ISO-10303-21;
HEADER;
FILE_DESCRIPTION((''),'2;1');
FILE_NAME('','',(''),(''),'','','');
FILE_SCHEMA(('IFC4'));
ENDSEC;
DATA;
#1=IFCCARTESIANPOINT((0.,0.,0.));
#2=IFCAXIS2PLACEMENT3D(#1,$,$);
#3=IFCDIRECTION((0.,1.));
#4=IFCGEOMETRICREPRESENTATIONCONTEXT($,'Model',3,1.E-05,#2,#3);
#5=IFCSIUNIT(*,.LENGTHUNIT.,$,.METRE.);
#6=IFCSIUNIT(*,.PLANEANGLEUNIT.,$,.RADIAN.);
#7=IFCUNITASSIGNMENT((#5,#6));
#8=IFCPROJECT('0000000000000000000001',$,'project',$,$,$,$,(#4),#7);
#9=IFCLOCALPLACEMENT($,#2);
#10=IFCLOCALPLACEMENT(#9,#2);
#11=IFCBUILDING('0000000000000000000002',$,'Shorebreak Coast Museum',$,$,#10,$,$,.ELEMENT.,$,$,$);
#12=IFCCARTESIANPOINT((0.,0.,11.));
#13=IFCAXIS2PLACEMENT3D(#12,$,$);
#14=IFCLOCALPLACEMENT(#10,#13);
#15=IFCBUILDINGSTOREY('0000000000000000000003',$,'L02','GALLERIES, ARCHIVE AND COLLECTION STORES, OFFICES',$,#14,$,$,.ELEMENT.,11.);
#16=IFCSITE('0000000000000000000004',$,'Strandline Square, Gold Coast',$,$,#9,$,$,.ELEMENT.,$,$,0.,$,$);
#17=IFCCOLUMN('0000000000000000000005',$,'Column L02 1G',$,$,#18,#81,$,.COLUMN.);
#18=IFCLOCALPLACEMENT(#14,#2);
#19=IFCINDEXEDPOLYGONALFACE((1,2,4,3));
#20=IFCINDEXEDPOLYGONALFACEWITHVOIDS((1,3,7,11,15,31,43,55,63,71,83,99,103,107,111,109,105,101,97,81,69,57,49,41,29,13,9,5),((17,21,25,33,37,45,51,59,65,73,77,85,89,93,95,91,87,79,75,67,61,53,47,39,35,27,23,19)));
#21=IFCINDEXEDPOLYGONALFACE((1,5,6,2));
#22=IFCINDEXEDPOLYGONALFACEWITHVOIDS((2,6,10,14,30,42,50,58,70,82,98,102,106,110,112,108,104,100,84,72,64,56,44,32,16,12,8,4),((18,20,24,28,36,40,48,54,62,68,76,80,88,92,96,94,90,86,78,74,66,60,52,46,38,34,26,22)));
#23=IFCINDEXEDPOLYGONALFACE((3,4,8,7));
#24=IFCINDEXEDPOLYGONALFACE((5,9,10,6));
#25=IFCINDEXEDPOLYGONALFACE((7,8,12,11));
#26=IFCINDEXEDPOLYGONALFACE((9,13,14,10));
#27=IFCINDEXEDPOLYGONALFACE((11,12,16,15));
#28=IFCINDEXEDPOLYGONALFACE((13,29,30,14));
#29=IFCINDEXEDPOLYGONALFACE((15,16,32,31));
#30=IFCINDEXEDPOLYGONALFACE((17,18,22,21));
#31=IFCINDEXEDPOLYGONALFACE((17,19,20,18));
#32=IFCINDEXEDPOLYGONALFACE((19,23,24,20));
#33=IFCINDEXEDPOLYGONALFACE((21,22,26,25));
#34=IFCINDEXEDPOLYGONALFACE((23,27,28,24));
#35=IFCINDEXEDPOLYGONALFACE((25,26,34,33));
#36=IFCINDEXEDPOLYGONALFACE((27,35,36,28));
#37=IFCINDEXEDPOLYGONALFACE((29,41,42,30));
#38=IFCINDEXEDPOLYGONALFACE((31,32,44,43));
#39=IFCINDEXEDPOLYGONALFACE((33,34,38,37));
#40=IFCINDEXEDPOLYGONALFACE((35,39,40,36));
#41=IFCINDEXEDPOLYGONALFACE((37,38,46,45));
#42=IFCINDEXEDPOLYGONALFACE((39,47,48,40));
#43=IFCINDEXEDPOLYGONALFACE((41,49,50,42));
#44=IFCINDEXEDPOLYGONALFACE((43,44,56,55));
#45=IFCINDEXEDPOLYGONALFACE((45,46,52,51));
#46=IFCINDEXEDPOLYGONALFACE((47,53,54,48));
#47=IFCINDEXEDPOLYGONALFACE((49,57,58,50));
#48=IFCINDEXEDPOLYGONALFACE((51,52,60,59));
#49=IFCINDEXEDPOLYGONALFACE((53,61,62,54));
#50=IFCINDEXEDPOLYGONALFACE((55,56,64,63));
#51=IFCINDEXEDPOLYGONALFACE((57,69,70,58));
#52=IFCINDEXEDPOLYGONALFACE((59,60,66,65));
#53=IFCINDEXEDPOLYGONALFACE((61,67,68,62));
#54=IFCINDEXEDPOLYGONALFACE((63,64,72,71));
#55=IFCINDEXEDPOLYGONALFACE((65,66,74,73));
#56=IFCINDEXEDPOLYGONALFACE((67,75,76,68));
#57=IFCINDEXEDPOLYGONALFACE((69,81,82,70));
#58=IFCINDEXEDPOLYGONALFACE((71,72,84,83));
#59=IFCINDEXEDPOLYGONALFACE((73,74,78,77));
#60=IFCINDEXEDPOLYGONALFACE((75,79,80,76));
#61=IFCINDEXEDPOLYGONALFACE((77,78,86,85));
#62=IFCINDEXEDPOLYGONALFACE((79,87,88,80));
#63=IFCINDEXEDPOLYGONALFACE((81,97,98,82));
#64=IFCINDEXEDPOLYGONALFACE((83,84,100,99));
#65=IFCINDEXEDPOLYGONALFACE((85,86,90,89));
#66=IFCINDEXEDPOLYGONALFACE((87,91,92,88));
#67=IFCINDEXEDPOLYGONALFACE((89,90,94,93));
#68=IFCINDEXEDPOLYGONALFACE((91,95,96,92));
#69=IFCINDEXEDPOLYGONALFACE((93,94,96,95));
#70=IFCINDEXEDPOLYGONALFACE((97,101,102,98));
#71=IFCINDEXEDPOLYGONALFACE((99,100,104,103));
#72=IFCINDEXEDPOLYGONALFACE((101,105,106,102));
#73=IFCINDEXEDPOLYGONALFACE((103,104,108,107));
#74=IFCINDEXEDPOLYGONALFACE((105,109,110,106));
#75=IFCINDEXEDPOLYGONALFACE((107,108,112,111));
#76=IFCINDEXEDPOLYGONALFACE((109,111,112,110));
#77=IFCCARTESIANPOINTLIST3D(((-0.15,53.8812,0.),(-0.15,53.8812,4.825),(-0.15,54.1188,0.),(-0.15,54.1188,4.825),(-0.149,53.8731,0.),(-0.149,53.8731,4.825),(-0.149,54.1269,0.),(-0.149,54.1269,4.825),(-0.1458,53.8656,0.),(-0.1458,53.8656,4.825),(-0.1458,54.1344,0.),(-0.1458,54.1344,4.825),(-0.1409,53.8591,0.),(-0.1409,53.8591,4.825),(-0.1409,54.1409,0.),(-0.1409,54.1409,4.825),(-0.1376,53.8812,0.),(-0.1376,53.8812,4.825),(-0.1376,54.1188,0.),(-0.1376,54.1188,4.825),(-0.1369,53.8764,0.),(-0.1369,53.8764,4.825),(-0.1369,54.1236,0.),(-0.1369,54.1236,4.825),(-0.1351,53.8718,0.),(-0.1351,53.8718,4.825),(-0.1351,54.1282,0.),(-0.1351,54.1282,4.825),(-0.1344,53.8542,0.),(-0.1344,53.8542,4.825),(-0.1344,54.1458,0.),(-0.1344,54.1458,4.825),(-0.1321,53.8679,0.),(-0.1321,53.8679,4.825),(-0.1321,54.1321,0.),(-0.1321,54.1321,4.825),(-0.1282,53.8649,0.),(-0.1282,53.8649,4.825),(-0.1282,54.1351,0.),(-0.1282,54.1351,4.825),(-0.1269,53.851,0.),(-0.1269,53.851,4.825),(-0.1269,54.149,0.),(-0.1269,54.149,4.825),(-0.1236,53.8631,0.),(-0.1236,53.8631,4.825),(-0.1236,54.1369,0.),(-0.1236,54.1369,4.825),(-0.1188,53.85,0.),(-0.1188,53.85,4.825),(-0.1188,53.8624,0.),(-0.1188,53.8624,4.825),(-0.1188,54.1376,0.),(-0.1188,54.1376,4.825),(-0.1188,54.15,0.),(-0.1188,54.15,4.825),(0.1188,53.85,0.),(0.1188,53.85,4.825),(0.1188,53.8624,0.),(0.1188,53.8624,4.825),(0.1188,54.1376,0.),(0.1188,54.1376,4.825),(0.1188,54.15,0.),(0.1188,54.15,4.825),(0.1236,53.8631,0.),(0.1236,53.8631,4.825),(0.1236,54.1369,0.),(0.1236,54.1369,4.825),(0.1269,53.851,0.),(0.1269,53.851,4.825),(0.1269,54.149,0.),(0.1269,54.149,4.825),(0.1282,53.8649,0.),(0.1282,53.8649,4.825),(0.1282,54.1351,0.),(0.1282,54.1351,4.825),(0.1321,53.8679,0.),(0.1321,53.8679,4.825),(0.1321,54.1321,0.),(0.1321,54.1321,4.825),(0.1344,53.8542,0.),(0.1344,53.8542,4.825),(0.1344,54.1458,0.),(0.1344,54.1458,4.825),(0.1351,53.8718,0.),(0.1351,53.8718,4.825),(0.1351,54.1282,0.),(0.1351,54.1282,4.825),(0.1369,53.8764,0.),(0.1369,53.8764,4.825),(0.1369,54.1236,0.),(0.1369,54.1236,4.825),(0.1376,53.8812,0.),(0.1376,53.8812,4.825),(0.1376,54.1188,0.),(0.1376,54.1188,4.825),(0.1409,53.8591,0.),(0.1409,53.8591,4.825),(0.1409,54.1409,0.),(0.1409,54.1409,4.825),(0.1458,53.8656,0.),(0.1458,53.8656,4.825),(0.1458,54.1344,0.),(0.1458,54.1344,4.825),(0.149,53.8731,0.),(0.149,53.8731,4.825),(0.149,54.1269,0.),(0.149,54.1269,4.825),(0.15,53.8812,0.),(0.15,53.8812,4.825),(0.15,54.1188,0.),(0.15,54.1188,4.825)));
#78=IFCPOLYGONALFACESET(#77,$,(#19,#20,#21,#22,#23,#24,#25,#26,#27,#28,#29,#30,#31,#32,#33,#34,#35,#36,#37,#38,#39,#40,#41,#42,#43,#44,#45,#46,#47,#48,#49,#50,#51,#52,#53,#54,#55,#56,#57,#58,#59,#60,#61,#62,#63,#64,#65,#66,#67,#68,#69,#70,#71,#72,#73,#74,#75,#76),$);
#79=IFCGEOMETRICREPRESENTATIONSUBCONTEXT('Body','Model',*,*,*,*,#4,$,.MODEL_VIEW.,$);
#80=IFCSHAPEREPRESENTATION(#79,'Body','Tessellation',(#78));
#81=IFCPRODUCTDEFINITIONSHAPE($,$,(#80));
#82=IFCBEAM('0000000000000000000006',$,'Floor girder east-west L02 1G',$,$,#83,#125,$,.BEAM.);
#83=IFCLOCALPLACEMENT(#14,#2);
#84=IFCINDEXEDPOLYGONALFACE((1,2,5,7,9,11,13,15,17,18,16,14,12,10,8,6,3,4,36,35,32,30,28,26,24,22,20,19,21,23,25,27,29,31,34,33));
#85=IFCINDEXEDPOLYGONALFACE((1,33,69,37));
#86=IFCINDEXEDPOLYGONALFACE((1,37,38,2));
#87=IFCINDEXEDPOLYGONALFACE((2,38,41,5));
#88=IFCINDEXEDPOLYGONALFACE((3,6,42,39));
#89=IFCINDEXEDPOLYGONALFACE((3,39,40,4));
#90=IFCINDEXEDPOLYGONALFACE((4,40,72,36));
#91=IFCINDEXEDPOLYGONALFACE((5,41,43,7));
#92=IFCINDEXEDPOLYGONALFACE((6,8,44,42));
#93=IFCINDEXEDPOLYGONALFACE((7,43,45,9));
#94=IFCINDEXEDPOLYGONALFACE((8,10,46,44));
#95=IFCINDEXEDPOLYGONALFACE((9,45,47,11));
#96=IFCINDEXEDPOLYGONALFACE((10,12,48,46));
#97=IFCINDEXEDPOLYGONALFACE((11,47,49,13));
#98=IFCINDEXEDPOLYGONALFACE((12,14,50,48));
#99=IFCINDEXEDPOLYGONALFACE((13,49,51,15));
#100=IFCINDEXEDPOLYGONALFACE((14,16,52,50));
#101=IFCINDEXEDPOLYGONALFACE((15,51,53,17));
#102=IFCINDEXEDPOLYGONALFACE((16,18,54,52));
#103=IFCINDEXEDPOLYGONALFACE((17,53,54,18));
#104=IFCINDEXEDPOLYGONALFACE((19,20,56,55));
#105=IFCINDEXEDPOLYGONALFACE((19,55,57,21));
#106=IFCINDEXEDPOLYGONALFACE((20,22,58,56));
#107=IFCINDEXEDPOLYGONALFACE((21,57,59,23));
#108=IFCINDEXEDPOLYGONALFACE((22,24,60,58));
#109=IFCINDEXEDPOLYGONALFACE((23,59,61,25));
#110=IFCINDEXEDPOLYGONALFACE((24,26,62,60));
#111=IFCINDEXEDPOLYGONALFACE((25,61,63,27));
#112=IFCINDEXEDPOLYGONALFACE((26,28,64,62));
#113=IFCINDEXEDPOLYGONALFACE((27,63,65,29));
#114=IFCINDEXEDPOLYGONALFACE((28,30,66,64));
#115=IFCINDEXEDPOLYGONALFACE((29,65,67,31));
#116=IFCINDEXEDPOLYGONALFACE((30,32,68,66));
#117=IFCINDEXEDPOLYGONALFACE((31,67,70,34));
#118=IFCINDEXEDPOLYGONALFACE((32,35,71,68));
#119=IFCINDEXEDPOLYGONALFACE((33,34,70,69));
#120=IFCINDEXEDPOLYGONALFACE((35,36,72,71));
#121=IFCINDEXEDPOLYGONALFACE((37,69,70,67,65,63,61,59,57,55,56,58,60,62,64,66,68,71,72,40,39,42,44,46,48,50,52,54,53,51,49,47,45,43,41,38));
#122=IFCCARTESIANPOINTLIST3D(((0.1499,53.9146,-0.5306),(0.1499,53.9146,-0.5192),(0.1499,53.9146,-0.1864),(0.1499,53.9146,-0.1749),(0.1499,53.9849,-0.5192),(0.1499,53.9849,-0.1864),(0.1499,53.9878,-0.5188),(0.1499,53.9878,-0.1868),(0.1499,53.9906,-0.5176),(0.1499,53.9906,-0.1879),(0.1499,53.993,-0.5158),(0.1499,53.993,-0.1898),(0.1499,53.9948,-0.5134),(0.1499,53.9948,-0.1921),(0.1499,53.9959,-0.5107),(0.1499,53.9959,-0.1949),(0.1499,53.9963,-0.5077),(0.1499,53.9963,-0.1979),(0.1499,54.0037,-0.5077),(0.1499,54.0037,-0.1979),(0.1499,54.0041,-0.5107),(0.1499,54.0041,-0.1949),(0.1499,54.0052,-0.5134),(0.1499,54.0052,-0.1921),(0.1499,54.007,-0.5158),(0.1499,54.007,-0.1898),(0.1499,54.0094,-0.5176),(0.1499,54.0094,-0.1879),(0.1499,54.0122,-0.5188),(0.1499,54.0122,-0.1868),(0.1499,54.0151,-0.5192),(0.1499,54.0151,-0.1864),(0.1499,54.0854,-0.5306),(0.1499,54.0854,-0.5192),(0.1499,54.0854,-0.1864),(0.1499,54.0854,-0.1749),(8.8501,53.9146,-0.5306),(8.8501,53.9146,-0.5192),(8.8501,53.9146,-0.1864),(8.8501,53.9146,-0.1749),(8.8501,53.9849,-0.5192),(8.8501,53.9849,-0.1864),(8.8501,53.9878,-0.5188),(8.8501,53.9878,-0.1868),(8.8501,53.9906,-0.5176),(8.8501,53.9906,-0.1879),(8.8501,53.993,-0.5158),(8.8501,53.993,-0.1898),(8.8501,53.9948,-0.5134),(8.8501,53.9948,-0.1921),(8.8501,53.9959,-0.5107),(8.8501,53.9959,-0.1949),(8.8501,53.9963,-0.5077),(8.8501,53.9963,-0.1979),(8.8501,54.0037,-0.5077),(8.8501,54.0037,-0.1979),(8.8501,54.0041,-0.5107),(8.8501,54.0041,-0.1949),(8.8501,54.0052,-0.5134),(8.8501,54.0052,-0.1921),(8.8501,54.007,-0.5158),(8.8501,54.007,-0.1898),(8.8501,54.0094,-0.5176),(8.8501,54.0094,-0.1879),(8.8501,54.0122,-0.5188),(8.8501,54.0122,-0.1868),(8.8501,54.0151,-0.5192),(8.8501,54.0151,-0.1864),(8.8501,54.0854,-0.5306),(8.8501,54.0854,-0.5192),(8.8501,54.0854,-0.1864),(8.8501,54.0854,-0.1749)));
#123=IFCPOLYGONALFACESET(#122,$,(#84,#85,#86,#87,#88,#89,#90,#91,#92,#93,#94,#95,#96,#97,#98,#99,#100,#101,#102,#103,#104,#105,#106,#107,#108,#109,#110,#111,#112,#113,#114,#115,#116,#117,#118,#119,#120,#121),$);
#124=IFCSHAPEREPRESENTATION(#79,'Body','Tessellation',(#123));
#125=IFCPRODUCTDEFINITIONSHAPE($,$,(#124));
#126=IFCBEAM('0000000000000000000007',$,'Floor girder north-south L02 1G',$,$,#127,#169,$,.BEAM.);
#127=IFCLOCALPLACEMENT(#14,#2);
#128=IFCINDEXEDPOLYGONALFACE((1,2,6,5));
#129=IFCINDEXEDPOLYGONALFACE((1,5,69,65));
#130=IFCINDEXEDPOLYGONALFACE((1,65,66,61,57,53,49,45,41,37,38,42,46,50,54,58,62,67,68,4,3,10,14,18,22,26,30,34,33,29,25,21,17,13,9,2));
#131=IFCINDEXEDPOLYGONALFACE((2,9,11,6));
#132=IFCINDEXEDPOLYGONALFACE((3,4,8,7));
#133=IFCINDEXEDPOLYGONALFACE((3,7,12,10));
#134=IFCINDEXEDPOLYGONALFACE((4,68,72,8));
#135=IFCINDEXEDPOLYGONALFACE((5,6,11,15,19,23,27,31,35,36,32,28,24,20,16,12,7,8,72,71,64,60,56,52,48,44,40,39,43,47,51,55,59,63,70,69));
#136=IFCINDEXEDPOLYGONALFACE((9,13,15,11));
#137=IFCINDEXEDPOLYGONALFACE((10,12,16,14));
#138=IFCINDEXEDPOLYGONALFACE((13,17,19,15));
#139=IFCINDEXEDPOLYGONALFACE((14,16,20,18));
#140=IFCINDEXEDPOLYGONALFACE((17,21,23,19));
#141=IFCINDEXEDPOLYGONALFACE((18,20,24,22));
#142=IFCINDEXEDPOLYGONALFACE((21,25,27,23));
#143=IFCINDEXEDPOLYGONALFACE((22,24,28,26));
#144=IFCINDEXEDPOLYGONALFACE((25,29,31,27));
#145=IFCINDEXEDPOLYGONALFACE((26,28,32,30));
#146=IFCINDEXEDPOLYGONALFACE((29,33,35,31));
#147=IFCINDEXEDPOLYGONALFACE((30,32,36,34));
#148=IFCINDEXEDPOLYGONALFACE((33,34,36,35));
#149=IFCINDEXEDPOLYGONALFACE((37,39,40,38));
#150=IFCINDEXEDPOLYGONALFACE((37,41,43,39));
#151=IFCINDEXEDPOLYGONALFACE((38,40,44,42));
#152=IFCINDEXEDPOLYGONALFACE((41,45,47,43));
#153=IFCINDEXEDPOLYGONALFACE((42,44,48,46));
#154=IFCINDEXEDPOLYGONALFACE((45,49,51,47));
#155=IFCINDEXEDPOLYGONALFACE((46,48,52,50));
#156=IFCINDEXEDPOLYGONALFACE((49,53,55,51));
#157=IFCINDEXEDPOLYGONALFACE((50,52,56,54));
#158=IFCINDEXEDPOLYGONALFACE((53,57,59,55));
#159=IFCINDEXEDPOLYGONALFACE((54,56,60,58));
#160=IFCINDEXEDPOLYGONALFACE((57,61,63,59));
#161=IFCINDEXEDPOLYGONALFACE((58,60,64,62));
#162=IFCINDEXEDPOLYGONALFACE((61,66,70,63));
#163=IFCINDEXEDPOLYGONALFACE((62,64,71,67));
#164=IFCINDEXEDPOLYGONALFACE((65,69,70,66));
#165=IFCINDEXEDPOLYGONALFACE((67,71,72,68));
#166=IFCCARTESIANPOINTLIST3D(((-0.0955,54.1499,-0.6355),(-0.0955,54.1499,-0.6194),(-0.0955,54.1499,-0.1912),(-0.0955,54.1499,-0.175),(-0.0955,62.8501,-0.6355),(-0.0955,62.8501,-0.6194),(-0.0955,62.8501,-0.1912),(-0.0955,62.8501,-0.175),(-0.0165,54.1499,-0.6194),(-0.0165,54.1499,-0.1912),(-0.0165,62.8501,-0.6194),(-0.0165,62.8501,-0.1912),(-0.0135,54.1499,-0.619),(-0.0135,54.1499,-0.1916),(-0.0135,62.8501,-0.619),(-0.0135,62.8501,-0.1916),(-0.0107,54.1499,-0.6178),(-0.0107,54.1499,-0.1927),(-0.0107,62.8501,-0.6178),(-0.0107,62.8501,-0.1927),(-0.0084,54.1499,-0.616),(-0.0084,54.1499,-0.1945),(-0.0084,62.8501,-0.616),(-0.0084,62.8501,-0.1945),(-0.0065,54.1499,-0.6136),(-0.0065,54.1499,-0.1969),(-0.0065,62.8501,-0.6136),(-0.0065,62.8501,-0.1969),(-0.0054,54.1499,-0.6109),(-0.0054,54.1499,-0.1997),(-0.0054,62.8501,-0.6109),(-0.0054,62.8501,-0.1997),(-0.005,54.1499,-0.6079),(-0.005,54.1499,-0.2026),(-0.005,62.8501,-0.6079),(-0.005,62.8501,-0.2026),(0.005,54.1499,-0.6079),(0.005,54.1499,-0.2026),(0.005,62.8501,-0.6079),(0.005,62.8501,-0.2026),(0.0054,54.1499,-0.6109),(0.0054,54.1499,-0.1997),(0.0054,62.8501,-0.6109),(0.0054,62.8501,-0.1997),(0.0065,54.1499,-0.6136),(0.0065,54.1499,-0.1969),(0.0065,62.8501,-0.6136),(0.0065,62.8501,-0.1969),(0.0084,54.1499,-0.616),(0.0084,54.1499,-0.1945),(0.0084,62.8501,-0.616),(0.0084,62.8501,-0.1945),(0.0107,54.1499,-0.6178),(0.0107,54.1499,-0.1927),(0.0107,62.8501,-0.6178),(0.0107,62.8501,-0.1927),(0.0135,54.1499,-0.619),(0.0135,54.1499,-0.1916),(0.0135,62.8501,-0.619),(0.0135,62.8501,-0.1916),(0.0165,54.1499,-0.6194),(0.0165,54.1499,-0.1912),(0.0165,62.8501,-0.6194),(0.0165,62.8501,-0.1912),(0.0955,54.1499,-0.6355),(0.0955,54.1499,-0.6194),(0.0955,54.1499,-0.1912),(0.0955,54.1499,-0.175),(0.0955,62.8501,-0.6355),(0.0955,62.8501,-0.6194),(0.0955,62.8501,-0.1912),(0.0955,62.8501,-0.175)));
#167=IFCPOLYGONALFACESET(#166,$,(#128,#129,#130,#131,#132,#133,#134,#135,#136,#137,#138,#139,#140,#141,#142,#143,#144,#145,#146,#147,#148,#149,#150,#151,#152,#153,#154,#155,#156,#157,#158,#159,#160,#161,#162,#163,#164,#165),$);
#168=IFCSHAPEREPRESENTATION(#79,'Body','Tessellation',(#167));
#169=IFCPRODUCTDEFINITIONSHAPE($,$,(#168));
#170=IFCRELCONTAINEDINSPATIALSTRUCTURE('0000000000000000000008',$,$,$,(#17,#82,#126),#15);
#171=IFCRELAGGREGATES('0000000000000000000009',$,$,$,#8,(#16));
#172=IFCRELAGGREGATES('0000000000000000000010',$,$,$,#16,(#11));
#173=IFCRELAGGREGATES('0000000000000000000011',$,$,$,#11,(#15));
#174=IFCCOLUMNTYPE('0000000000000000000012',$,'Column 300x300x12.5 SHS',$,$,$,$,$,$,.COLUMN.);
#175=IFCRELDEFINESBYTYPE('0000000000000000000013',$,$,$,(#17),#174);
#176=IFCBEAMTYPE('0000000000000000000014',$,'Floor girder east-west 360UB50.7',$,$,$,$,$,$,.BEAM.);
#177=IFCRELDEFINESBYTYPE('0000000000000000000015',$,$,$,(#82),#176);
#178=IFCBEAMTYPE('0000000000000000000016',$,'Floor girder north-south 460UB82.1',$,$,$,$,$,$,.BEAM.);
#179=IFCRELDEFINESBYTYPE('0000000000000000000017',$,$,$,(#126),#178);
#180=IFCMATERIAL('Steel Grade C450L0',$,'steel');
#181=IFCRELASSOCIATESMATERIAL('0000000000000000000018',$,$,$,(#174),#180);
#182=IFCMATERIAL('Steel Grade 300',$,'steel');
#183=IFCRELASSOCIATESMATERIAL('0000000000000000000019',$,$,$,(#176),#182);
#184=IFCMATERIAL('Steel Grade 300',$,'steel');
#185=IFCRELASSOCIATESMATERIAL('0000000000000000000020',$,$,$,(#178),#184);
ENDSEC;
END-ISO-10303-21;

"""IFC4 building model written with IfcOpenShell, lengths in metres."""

from ifc_helpers import new_model, si_unit, direction, frame, origin, origin_2d, place, context, subcontext, project, spatial, hollow_rectangle, i_section, extrude, material, material_profile, profile_set, type_object, element, save


model = new_model("IFC4")

# Units and contexts
model_context = context("Model", 3, precision=1e-05, world=origin(), true_north=direction((0.0, 1.0)))
body_context = subcontext(model_context, "Body", "Model", "MODEL_VIEW")
ifc_project = project(units=[si_unit("LENGTHUNIT", "METRE"), si_unit("PLANEANGLEUNIT", "RADIAN")], contexts=[model_context])

# Site, building, storey
site_placement = place(None, origin())
site = spatial("IfcSite", under=ifc_project, at=site_placement, Name="Strandline Square, Gold Coast", CompositionType="ELEMENT", RefElevation=0.0)
building_placement = place(site_placement, origin())
building = spatial("IfcBuilding", under=site, at=building_placement, Name="Shorebreak Coast Museum", CompositionType="ELEMENT")
storey_placement = place(building_placement, frame((0.0, 0.0, 11.0)))
storey = spatial("IfcBuildingStorey", under=building, at=storey_placement, Name="L02", Description="GALLERIES, ARCHIVE AND COLLECTION STORES, OFFICES", CompositionType="ELEMENT", Elevation=11.0)

# Column
ifc_material_1 = material(Name="Steel Grade C450L0", Category="steel")
ifc_material_profile_1 = material_profile(ifc_material_1, hollow_rectangle(XDim=0.3, YDim=0.3, WallThickness=0.0125, InnerFilletRadius=0.0188, OuterFilletRadius=0.0312, at=origin_2d()), Name="300x300x12.5 SHS")
ifc_profile_set_1 = profile_set([ifc_material_profile_1], Name="Steel Grade C450L0")
column_type = type_object("IfcColumnType", Name="Column 300x300x12.5 SHS", PredefinedType="COLUMN", material=ifc_profile_set_1)
column_placement = place(storey_placement, frame((0.0, 54.0, 0.0), z_axis=(0.0, 0.0, 1.0), x_axis=(1.0, 0.0, 0.0)))
element("IfcColumn", 1, at=column_placement, inside=storey, type_object=column_type, Name="Column L02 1G", PredefinedType="COLUMN", context=body_context, shape_type="SweptSolid", body=[
    extrude(hollow_rectangle(XDim=0.3, YDim=0.3, WallThickness=0.0125, InnerFilletRadius=0.0188, OuterFilletRadius=0.0312, at=origin_2d()), origin(), (0.0, 0.0, 1.0), 4.825),
])

# Beams
ifc_material_2 = material(Name="Steel Grade 300", Category="steel")
ifc_material_profile_2 = material_profile(ifc_material_2, i_section(OverallWidth=0.1709, OverallDepth=0.3557, WebThickness=0.0073, FlangeThickness=0.0115, FilletRadius=0.0115, at=origin_2d()), Name="360UB50.7")
ifc_profile_set_2 = profile_set([ifc_material_profile_2], Name="Steel Grade 300")
beam_type_1 = type_object("IfcBeamType", Name="Floor girder east-west 360UB50.7", PredefinedType="BEAM", material=ifc_profile_set_2)
beam_1_placement = place(storey_placement, frame((0.1499, 54.0, -0.3528), z_axis=(1.0, 0.0, 0.0), x_axis=(0.0, 1.0, 0.0)))
element("IfcBeam", 2, at=beam_1_placement, inside=storey, type_object=beam_type_1, Name="Floor girder east-west L02 1G", PredefinedType="BEAM", context=body_context, shape_type="SweptSolid", body=[
    extrude(i_section(OverallWidth=0.1709, OverallDepth=0.3557, WebThickness=0.0073, FlangeThickness=0.0115, FilletRadius=0.0115, at=origin_2d()), origin(), (0.0, 0.0, 1.0), 8.7002),
])
ifc_material_3 = material(Name="Steel Grade 300", Category="steel")
ifc_material_profile_3 = material_profile(ifc_material_3, i_section(OverallWidth=0.1909, OverallDepth=0.4604, WebThickness=0.01, FlangeThickness=0.0161, FilletRadius=0.0115, at=origin_2d()), Name="460UB82.1")
ifc_profile_set_3 = profile_set([ifc_material_profile_3], Name="Steel Grade 300")
beam_type_2 = type_object("IfcBeamType", Name="Floor girder north-south 460UB82.1", PredefinedType="BEAM", material=ifc_profile_set_3)
beam_2_placement = place(storey_placement, frame((0.0, 54.1499, -0.4053), z_axis=(0.0, 1.0, 0.0), x_axis=(-1.0, 0.0, 0.0)))
element("IfcBeam", 3, at=beam_2_placement, inside=storey, type_object=beam_type_2, Name="Floor girder north-south L02 1G", PredefinedType="BEAM", context=body_context, shape_type="SweptSolid", body=[
    extrude(i_section(OverallWidth=0.1909, OverallDepth=0.4604, WebThickness=0.01, FlangeThickness=0.0161, FilletRadius=0.0115, at=origin_2d()), origin(), (0.0, 0.0, 1.0), 8.7002),
])

save(model, "model.ifc")
